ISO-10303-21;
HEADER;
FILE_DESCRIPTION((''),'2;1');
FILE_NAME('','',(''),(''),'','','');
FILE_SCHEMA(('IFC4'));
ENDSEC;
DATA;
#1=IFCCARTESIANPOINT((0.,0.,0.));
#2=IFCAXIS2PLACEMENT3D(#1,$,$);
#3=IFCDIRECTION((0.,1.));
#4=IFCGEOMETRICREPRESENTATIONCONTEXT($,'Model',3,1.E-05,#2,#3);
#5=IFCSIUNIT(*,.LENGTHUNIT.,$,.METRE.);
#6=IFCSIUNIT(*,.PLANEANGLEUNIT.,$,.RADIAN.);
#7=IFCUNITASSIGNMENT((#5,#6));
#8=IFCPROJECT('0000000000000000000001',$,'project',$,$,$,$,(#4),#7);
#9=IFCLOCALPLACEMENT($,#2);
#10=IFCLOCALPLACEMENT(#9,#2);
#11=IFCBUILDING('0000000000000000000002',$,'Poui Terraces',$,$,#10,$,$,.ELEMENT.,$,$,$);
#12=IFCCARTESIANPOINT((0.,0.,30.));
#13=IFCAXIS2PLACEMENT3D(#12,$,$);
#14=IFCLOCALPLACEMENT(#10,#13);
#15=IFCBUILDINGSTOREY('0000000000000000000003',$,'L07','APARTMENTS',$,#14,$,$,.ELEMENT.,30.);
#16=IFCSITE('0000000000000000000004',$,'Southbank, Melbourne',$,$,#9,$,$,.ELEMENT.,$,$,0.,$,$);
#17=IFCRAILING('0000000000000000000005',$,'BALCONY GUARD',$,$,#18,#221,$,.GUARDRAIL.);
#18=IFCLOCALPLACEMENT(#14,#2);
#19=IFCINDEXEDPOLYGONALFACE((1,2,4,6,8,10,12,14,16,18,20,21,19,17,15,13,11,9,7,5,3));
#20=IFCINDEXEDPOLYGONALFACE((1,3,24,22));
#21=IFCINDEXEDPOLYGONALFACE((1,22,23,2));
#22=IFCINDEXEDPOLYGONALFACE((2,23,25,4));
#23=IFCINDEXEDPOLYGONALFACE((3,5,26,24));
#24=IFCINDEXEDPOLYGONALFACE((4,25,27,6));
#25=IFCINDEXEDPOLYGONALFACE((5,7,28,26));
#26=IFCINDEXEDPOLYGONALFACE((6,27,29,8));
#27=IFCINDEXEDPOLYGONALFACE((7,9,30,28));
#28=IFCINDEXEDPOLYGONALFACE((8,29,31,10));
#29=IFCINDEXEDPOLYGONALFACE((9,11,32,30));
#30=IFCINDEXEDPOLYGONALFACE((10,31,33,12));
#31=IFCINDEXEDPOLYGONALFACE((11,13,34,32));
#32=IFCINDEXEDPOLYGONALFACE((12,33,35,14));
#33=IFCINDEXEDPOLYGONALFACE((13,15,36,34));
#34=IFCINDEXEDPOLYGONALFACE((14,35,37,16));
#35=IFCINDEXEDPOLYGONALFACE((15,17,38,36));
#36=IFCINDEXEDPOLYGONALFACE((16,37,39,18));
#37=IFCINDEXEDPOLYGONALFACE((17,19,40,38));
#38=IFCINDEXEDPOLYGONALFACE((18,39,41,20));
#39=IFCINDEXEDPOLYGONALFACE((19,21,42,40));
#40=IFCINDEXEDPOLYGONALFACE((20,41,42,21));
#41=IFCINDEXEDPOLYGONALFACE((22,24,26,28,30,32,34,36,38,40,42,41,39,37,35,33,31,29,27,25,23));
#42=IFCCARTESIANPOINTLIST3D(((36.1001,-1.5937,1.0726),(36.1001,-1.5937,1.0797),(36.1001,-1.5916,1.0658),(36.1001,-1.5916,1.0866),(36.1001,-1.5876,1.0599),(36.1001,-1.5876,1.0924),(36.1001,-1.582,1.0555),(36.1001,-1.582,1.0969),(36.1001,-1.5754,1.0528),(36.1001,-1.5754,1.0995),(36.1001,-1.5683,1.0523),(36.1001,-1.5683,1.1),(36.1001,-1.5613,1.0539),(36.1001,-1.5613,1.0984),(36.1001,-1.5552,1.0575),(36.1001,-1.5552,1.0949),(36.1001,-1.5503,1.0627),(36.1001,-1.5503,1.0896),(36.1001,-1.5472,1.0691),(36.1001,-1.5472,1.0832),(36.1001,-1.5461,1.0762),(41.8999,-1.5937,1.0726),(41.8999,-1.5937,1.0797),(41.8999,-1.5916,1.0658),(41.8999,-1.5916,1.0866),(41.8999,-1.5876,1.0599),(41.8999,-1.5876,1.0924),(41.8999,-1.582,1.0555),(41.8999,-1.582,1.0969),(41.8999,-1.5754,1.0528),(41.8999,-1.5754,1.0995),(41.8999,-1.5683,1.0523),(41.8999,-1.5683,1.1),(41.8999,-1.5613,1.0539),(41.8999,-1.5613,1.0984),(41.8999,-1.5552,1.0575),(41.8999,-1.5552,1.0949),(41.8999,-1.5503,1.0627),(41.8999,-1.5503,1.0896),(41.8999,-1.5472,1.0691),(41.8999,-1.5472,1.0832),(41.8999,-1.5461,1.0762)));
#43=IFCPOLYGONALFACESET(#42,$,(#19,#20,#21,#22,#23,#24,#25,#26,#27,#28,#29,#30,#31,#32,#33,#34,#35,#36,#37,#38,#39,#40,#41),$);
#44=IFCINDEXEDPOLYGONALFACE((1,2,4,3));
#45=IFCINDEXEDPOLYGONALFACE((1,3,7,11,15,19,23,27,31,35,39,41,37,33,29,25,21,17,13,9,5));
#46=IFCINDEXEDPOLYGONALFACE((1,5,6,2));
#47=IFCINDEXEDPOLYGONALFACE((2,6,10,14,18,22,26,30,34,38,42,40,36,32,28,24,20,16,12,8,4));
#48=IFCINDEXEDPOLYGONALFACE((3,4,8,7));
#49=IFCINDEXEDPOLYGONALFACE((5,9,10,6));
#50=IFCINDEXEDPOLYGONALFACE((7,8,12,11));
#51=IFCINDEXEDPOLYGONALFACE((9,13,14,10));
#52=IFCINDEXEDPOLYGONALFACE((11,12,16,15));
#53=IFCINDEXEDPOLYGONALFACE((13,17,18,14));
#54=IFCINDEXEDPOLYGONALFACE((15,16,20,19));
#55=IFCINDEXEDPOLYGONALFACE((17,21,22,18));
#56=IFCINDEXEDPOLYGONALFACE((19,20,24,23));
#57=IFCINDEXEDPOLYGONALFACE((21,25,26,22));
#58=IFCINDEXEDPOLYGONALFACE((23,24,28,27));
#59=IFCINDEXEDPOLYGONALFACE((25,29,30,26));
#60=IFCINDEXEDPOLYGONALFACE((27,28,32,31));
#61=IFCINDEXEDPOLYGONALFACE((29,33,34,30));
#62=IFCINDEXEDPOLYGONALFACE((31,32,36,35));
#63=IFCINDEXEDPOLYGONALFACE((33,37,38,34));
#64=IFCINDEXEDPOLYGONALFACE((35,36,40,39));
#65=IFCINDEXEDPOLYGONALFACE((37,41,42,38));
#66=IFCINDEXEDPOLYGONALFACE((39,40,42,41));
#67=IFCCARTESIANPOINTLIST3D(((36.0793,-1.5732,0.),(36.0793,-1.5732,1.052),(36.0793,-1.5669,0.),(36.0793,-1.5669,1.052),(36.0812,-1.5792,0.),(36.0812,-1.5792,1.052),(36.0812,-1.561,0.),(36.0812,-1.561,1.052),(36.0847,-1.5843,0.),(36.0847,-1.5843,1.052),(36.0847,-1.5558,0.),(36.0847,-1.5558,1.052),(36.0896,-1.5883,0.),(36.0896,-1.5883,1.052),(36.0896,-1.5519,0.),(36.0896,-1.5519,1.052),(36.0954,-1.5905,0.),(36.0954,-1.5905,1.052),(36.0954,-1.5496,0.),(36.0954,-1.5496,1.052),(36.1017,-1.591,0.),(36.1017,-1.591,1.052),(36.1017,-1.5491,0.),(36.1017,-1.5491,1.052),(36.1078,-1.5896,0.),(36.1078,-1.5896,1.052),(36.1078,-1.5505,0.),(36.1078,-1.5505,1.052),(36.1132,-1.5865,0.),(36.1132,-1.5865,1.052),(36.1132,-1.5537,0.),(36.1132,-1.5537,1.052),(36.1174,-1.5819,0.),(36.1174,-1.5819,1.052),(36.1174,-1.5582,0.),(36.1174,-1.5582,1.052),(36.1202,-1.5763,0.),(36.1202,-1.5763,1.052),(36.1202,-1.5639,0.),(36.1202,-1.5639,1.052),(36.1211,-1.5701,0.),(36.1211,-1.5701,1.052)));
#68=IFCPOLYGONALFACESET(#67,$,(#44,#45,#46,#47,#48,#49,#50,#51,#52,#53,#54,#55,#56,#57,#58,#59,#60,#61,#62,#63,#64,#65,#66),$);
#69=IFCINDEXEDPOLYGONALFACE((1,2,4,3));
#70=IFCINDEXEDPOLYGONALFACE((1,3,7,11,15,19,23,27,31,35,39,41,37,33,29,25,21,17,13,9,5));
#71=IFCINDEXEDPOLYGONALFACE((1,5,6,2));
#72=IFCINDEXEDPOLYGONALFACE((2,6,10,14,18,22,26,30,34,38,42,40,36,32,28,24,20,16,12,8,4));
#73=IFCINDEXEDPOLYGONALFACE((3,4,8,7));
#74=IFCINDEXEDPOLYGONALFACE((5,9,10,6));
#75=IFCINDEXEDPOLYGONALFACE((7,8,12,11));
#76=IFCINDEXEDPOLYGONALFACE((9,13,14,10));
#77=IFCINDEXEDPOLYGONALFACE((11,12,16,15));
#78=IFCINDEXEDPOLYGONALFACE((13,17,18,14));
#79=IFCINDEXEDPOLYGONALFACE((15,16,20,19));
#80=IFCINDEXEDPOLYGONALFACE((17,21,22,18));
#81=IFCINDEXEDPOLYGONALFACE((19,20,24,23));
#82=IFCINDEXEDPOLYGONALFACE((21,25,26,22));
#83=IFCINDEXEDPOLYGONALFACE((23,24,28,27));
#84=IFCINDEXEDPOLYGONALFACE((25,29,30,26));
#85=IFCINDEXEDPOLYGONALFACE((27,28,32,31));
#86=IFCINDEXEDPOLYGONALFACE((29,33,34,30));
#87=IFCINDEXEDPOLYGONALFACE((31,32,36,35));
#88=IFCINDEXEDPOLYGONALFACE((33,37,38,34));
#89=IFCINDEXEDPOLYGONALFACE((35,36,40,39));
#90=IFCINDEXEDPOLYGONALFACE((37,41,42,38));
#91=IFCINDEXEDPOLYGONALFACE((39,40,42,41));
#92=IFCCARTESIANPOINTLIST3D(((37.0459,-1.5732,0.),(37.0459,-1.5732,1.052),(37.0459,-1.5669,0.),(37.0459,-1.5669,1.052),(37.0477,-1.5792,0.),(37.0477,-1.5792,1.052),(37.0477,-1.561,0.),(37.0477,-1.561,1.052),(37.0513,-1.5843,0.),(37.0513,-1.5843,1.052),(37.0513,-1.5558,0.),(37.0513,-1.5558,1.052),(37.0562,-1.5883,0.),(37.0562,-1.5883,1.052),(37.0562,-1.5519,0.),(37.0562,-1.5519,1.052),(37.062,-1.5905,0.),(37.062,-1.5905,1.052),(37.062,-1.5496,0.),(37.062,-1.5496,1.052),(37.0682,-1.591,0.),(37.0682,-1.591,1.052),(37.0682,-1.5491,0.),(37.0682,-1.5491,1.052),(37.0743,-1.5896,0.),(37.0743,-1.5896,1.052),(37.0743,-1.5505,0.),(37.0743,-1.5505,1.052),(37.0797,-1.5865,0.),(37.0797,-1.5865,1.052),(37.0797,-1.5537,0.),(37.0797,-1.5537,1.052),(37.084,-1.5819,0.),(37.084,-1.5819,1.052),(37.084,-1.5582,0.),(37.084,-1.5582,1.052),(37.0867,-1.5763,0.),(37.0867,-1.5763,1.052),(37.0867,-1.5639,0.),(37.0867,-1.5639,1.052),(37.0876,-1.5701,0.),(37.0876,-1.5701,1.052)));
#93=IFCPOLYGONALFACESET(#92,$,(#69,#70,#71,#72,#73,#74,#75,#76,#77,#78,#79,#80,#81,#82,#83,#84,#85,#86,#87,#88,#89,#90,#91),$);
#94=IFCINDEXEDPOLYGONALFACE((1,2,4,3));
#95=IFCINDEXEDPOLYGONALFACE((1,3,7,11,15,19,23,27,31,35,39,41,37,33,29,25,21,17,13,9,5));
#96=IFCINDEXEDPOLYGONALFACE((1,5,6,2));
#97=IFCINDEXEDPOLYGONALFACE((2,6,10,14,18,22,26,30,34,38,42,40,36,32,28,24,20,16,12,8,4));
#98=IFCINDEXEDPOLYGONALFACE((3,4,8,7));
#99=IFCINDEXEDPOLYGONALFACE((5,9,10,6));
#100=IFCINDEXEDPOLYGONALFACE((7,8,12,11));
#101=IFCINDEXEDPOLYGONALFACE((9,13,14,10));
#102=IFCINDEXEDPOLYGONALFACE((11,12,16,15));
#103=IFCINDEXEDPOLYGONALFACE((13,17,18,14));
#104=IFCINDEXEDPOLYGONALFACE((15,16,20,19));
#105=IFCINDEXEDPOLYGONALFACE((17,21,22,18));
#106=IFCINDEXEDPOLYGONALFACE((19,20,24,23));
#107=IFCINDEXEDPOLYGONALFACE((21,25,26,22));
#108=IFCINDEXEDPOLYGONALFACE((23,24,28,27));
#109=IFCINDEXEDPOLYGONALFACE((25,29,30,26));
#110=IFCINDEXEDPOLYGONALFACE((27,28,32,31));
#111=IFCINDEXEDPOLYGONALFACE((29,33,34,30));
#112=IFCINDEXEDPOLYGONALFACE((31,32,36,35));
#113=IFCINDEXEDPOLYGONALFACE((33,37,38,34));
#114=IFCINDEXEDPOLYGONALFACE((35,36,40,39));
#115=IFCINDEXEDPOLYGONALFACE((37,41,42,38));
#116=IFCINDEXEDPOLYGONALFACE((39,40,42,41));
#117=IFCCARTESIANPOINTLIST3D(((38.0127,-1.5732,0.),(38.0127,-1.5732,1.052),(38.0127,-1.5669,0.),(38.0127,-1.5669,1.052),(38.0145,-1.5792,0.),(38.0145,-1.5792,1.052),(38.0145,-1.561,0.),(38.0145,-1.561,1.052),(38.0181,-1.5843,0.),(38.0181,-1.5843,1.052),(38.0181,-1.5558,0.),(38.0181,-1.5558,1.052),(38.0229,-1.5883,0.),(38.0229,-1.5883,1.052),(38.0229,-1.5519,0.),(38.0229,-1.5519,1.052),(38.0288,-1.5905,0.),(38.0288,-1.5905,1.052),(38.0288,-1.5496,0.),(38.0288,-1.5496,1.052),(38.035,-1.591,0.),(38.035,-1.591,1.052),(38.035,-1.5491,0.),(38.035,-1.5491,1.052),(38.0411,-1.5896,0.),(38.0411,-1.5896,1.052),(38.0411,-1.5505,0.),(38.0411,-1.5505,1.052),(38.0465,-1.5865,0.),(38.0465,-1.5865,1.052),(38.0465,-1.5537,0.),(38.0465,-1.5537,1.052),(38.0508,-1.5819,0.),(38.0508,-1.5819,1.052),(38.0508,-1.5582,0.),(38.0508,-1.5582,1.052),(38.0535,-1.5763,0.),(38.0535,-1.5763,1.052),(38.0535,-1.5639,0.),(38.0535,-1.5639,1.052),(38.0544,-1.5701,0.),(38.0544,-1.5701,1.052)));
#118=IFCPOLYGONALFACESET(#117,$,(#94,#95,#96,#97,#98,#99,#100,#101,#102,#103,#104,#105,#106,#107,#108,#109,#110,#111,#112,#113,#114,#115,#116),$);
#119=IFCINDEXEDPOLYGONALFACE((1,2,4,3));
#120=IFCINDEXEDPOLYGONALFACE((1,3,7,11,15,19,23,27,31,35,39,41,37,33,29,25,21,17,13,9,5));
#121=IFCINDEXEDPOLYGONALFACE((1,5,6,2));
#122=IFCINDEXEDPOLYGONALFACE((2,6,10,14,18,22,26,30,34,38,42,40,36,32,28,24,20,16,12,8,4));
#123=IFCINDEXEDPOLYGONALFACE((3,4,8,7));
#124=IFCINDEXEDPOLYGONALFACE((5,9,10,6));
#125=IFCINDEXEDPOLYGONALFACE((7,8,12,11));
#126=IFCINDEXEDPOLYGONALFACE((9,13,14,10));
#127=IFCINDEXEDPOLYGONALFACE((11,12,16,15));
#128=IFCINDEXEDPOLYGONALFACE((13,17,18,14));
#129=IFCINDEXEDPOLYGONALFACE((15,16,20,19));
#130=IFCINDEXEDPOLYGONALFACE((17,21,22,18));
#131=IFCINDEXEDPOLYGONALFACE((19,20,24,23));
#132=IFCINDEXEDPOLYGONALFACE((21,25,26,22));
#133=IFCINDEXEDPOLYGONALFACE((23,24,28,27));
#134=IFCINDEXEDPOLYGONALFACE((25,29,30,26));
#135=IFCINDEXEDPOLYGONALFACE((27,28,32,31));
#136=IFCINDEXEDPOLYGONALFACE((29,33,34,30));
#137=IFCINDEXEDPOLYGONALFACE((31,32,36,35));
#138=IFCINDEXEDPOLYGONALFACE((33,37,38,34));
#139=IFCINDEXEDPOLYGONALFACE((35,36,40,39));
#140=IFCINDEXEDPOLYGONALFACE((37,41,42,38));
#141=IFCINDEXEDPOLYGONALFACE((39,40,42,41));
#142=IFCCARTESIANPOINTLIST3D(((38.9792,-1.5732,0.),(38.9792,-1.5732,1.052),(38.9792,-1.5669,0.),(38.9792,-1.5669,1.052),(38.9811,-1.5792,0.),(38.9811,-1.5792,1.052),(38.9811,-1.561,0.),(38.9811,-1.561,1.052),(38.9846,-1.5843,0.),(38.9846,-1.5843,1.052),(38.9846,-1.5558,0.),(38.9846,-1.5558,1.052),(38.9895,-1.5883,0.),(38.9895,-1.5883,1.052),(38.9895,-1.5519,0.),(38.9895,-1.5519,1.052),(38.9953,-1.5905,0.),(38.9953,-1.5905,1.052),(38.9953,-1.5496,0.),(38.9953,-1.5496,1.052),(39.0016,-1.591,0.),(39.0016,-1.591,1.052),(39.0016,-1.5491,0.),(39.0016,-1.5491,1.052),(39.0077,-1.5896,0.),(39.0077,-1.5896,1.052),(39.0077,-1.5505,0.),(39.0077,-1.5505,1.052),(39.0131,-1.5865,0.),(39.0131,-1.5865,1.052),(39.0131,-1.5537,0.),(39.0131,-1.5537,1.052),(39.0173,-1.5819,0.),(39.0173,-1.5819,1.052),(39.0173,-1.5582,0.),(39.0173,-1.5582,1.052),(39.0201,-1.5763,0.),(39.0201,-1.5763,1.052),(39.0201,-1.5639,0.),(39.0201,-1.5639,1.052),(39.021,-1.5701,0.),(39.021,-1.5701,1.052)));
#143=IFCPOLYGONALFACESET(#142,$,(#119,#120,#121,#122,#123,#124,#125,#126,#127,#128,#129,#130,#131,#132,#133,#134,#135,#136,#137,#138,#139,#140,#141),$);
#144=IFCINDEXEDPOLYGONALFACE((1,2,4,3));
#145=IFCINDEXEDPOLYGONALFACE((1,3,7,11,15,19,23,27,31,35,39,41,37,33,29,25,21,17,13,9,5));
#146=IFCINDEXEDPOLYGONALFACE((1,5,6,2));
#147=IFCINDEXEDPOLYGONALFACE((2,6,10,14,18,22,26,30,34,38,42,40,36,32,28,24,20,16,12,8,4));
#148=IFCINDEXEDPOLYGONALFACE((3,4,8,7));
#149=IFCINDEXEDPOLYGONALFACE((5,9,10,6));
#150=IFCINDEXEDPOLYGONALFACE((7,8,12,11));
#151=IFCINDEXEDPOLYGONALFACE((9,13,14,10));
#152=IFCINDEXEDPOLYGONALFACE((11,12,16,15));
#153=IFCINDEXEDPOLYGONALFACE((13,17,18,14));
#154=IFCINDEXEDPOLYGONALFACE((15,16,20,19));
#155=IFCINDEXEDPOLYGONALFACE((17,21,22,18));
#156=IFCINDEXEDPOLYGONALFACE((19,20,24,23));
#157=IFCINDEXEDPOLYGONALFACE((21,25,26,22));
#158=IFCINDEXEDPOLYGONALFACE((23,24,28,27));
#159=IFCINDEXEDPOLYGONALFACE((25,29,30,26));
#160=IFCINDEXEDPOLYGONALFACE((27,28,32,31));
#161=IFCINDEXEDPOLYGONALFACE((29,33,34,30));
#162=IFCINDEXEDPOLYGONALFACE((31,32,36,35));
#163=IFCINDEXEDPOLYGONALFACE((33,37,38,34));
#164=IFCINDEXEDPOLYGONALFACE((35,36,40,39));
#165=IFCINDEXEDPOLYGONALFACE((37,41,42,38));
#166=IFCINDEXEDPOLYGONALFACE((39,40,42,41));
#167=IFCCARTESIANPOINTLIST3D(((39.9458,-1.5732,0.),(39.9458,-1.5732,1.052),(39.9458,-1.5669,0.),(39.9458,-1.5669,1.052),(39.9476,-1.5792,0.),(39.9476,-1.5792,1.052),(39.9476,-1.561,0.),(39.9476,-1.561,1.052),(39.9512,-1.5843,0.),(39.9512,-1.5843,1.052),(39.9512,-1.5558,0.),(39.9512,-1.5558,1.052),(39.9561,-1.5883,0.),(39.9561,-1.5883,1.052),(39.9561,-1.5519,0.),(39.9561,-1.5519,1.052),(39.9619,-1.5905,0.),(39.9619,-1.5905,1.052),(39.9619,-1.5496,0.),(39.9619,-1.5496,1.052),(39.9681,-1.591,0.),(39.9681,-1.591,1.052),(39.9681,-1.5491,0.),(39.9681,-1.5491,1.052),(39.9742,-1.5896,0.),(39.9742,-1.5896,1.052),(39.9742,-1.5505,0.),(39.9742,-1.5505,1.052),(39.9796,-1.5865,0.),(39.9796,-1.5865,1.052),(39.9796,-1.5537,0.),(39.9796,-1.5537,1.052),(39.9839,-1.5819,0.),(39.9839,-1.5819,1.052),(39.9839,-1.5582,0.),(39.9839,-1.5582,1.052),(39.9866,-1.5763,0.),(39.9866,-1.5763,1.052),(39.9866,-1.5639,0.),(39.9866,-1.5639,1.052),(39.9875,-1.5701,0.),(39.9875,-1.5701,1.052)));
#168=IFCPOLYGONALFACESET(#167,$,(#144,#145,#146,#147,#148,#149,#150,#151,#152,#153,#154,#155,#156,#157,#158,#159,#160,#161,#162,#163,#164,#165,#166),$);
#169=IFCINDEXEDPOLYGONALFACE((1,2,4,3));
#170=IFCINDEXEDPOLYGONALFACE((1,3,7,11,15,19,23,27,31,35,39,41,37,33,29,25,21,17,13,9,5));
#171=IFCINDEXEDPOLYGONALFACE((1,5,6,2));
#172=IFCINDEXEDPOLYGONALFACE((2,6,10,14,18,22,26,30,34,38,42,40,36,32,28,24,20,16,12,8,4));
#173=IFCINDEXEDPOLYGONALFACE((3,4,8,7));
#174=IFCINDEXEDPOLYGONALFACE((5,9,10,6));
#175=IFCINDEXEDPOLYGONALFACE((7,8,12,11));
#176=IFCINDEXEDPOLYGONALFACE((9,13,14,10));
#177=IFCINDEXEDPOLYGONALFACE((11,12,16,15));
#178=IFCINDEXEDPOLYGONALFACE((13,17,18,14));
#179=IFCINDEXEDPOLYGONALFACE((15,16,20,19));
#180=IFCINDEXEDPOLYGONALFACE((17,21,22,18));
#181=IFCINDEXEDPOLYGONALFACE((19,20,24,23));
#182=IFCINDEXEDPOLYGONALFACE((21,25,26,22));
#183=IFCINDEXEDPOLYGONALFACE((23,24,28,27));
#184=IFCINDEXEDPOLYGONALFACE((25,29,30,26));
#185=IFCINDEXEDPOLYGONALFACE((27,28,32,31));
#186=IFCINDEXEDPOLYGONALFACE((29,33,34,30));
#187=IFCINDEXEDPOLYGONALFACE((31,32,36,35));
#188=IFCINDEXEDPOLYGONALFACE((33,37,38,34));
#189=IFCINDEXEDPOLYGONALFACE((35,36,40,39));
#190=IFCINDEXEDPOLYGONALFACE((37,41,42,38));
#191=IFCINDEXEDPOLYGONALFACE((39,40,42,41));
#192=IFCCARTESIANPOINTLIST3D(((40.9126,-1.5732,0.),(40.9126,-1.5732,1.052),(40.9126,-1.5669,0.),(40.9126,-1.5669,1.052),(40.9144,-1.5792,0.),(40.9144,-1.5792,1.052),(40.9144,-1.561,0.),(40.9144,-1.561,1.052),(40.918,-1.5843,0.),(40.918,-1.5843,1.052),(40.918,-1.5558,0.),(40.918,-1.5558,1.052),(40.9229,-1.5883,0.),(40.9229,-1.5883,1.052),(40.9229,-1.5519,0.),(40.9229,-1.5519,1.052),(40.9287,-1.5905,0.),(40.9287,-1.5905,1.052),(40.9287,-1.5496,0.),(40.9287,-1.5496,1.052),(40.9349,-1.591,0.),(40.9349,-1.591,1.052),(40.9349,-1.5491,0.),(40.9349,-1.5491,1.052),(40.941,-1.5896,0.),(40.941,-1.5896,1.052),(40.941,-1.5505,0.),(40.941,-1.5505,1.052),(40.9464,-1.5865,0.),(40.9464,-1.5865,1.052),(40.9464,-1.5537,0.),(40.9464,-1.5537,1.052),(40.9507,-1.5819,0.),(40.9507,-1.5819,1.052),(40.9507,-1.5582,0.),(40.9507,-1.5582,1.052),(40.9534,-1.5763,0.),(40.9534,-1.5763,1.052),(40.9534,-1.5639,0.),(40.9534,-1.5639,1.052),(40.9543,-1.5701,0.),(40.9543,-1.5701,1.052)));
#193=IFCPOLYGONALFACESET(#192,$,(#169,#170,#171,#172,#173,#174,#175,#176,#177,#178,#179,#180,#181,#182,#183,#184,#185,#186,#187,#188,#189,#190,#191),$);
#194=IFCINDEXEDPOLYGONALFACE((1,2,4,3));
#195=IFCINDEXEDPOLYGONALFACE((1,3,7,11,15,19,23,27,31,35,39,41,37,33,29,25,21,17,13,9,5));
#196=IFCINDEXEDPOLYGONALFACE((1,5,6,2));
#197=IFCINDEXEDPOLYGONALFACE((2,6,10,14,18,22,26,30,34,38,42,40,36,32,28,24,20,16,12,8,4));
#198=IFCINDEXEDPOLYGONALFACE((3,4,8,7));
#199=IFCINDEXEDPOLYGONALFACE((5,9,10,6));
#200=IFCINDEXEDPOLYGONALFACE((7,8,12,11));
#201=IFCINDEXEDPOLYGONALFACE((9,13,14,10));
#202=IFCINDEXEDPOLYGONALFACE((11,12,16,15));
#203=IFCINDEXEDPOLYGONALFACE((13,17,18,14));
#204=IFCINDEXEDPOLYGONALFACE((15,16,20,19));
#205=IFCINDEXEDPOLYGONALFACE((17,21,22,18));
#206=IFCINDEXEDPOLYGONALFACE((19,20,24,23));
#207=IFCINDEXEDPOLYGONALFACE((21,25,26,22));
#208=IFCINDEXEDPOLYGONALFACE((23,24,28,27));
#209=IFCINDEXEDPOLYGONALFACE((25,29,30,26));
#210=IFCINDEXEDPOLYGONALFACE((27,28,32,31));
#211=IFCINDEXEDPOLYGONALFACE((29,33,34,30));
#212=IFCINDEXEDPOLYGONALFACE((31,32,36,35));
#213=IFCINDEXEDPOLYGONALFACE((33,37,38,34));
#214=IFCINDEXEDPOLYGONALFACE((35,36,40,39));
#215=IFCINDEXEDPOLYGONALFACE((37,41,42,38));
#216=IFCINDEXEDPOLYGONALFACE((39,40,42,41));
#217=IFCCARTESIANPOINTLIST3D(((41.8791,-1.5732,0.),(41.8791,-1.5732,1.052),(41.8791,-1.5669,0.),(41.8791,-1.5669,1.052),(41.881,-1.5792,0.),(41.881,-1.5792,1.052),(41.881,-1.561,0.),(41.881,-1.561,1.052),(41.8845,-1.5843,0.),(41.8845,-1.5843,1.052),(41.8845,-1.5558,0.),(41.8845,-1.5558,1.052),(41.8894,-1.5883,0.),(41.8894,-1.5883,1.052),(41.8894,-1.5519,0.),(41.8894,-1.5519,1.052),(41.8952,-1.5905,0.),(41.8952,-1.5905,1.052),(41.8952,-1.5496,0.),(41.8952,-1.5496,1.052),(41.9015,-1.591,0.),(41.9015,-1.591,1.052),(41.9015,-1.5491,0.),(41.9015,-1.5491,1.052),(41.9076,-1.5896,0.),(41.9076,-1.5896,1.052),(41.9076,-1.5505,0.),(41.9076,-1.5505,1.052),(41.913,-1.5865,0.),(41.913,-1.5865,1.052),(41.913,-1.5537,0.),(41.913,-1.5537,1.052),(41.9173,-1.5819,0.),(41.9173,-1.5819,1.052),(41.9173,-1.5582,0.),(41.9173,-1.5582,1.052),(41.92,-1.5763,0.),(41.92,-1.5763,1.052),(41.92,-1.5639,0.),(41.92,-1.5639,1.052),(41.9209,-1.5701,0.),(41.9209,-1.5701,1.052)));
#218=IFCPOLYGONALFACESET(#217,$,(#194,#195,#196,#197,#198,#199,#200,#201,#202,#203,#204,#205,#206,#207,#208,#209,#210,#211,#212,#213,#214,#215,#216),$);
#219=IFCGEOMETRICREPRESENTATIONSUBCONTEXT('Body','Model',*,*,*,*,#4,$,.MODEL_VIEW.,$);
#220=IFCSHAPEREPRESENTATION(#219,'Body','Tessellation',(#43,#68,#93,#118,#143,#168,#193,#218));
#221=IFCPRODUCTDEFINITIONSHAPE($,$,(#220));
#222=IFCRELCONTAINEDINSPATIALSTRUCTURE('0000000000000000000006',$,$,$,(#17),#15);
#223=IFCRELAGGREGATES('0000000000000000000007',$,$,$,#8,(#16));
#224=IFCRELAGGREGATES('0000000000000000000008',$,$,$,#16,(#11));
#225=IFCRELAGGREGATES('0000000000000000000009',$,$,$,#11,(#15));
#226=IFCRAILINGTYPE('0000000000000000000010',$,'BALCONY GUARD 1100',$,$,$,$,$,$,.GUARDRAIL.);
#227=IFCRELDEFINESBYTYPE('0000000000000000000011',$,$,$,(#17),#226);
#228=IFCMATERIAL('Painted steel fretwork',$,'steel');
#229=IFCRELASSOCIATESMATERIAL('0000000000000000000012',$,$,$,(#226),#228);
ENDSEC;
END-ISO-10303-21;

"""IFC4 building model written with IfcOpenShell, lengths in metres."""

from ifc_helpers import new_model, si_unit, direction, frame, origin, origin_2d, place, context, subcontext, project, spatial, circle, extrude, material, type_object, element, save


model = new_model("IFC4")

# Units and contexts
model_context = context("Model", 3, precision=1e-05, world=origin(), true_north=direction((0.0, 1.0)))
body_context = subcontext(model_context, "Body", "Model", "MODEL_VIEW")
ifc_project = project(units=[si_unit("LENGTHUNIT", "METRE"), si_unit("PLANEANGLEUNIT", "RADIAN")], contexts=[model_context])

# Site, building, storey
site_placement = place(None, origin())
site = spatial("IfcSite", under=ifc_project, at=site_placement, Name="Southbank, Melbourne", CompositionType="ELEMENT", RefElevation=0.0)
building_placement = place(site_placement, origin())
building = spatial("IfcBuilding", under=site, at=building_placement, Name="Poui Terraces", CompositionType="ELEMENT")
storey_placement = place(building_placement, frame((0.0, 0.0, 30.0)))
storey = spatial("IfcBuildingStorey", under=building, at=storey_placement, Name="L07", Description="APARTMENTS", CompositionType="ELEMENT", Elevation=30.0)

# Railing
ifc_material_1 = material(Name="Painted steel fretwork", Category="steel")
railing_type = type_object("IfcRailingType", Name="BALCONY GUARD 1100", PredefinedType="GUARDRAIL", material=ifc_material_1)
railing_placement = place(storey_placement, frame((36.1001, -1.5701, 0.0)))
element("IfcRailing", 1, at=railing_placement, inside=storey, type_object=railing_type, Name="BALCONY GUARD", PredefinedType="GUARDRAIL", context=body_context, shape_type="SweptSolid", body=[
    extrude(circle(Radius=0.0239, at=origin_2d()), frame((0.0, 0.0, 1.0762), z_axis=(1.0, 0.0, 0.0), x_axis=(0.0, 1.0, 0.0)), (0.0, 0.0, 1.0), 5.7998),
    extrude(circle(Radius=0.021, at=origin_2d()), origin(), (0.0, 0.0, 1.0), 1.052),
    extrude(circle(Radius=0.021, at=origin_2d()), frame((0.9666, 0.0, 0.0)), (0.0, 0.0, 1.0), 1.052),
    extrude(circle(Radius=0.021, at=origin_2d()), frame((1.9333, 0.0, 0.0)), (0.0, 0.0, 1.0), 1.052),
    extrude(circle(Radius=0.021, at=origin_2d()), frame((2.8999, 0.0, 0.0)), (0.0, 0.0, 1.0), 1.052),
    extrude(circle(Radius=0.021, at=origin_2d()), frame((3.8665, 0.0, 0.0)), (0.0, 0.0, 1.0), 1.052),
    extrude(circle(Radius=0.021, at=origin_2d()), frame((4.8333, 0.0, 0.0)), (0.0, 0.0, 1.0), 1.052),
    extrude(circle(Radius=0.021, at=origin_2d()), frame((5.7998, 0.0, 0.0)), (0.0, 0.0, 1.0), 1.052),
])

save(model, "model.ifc")
